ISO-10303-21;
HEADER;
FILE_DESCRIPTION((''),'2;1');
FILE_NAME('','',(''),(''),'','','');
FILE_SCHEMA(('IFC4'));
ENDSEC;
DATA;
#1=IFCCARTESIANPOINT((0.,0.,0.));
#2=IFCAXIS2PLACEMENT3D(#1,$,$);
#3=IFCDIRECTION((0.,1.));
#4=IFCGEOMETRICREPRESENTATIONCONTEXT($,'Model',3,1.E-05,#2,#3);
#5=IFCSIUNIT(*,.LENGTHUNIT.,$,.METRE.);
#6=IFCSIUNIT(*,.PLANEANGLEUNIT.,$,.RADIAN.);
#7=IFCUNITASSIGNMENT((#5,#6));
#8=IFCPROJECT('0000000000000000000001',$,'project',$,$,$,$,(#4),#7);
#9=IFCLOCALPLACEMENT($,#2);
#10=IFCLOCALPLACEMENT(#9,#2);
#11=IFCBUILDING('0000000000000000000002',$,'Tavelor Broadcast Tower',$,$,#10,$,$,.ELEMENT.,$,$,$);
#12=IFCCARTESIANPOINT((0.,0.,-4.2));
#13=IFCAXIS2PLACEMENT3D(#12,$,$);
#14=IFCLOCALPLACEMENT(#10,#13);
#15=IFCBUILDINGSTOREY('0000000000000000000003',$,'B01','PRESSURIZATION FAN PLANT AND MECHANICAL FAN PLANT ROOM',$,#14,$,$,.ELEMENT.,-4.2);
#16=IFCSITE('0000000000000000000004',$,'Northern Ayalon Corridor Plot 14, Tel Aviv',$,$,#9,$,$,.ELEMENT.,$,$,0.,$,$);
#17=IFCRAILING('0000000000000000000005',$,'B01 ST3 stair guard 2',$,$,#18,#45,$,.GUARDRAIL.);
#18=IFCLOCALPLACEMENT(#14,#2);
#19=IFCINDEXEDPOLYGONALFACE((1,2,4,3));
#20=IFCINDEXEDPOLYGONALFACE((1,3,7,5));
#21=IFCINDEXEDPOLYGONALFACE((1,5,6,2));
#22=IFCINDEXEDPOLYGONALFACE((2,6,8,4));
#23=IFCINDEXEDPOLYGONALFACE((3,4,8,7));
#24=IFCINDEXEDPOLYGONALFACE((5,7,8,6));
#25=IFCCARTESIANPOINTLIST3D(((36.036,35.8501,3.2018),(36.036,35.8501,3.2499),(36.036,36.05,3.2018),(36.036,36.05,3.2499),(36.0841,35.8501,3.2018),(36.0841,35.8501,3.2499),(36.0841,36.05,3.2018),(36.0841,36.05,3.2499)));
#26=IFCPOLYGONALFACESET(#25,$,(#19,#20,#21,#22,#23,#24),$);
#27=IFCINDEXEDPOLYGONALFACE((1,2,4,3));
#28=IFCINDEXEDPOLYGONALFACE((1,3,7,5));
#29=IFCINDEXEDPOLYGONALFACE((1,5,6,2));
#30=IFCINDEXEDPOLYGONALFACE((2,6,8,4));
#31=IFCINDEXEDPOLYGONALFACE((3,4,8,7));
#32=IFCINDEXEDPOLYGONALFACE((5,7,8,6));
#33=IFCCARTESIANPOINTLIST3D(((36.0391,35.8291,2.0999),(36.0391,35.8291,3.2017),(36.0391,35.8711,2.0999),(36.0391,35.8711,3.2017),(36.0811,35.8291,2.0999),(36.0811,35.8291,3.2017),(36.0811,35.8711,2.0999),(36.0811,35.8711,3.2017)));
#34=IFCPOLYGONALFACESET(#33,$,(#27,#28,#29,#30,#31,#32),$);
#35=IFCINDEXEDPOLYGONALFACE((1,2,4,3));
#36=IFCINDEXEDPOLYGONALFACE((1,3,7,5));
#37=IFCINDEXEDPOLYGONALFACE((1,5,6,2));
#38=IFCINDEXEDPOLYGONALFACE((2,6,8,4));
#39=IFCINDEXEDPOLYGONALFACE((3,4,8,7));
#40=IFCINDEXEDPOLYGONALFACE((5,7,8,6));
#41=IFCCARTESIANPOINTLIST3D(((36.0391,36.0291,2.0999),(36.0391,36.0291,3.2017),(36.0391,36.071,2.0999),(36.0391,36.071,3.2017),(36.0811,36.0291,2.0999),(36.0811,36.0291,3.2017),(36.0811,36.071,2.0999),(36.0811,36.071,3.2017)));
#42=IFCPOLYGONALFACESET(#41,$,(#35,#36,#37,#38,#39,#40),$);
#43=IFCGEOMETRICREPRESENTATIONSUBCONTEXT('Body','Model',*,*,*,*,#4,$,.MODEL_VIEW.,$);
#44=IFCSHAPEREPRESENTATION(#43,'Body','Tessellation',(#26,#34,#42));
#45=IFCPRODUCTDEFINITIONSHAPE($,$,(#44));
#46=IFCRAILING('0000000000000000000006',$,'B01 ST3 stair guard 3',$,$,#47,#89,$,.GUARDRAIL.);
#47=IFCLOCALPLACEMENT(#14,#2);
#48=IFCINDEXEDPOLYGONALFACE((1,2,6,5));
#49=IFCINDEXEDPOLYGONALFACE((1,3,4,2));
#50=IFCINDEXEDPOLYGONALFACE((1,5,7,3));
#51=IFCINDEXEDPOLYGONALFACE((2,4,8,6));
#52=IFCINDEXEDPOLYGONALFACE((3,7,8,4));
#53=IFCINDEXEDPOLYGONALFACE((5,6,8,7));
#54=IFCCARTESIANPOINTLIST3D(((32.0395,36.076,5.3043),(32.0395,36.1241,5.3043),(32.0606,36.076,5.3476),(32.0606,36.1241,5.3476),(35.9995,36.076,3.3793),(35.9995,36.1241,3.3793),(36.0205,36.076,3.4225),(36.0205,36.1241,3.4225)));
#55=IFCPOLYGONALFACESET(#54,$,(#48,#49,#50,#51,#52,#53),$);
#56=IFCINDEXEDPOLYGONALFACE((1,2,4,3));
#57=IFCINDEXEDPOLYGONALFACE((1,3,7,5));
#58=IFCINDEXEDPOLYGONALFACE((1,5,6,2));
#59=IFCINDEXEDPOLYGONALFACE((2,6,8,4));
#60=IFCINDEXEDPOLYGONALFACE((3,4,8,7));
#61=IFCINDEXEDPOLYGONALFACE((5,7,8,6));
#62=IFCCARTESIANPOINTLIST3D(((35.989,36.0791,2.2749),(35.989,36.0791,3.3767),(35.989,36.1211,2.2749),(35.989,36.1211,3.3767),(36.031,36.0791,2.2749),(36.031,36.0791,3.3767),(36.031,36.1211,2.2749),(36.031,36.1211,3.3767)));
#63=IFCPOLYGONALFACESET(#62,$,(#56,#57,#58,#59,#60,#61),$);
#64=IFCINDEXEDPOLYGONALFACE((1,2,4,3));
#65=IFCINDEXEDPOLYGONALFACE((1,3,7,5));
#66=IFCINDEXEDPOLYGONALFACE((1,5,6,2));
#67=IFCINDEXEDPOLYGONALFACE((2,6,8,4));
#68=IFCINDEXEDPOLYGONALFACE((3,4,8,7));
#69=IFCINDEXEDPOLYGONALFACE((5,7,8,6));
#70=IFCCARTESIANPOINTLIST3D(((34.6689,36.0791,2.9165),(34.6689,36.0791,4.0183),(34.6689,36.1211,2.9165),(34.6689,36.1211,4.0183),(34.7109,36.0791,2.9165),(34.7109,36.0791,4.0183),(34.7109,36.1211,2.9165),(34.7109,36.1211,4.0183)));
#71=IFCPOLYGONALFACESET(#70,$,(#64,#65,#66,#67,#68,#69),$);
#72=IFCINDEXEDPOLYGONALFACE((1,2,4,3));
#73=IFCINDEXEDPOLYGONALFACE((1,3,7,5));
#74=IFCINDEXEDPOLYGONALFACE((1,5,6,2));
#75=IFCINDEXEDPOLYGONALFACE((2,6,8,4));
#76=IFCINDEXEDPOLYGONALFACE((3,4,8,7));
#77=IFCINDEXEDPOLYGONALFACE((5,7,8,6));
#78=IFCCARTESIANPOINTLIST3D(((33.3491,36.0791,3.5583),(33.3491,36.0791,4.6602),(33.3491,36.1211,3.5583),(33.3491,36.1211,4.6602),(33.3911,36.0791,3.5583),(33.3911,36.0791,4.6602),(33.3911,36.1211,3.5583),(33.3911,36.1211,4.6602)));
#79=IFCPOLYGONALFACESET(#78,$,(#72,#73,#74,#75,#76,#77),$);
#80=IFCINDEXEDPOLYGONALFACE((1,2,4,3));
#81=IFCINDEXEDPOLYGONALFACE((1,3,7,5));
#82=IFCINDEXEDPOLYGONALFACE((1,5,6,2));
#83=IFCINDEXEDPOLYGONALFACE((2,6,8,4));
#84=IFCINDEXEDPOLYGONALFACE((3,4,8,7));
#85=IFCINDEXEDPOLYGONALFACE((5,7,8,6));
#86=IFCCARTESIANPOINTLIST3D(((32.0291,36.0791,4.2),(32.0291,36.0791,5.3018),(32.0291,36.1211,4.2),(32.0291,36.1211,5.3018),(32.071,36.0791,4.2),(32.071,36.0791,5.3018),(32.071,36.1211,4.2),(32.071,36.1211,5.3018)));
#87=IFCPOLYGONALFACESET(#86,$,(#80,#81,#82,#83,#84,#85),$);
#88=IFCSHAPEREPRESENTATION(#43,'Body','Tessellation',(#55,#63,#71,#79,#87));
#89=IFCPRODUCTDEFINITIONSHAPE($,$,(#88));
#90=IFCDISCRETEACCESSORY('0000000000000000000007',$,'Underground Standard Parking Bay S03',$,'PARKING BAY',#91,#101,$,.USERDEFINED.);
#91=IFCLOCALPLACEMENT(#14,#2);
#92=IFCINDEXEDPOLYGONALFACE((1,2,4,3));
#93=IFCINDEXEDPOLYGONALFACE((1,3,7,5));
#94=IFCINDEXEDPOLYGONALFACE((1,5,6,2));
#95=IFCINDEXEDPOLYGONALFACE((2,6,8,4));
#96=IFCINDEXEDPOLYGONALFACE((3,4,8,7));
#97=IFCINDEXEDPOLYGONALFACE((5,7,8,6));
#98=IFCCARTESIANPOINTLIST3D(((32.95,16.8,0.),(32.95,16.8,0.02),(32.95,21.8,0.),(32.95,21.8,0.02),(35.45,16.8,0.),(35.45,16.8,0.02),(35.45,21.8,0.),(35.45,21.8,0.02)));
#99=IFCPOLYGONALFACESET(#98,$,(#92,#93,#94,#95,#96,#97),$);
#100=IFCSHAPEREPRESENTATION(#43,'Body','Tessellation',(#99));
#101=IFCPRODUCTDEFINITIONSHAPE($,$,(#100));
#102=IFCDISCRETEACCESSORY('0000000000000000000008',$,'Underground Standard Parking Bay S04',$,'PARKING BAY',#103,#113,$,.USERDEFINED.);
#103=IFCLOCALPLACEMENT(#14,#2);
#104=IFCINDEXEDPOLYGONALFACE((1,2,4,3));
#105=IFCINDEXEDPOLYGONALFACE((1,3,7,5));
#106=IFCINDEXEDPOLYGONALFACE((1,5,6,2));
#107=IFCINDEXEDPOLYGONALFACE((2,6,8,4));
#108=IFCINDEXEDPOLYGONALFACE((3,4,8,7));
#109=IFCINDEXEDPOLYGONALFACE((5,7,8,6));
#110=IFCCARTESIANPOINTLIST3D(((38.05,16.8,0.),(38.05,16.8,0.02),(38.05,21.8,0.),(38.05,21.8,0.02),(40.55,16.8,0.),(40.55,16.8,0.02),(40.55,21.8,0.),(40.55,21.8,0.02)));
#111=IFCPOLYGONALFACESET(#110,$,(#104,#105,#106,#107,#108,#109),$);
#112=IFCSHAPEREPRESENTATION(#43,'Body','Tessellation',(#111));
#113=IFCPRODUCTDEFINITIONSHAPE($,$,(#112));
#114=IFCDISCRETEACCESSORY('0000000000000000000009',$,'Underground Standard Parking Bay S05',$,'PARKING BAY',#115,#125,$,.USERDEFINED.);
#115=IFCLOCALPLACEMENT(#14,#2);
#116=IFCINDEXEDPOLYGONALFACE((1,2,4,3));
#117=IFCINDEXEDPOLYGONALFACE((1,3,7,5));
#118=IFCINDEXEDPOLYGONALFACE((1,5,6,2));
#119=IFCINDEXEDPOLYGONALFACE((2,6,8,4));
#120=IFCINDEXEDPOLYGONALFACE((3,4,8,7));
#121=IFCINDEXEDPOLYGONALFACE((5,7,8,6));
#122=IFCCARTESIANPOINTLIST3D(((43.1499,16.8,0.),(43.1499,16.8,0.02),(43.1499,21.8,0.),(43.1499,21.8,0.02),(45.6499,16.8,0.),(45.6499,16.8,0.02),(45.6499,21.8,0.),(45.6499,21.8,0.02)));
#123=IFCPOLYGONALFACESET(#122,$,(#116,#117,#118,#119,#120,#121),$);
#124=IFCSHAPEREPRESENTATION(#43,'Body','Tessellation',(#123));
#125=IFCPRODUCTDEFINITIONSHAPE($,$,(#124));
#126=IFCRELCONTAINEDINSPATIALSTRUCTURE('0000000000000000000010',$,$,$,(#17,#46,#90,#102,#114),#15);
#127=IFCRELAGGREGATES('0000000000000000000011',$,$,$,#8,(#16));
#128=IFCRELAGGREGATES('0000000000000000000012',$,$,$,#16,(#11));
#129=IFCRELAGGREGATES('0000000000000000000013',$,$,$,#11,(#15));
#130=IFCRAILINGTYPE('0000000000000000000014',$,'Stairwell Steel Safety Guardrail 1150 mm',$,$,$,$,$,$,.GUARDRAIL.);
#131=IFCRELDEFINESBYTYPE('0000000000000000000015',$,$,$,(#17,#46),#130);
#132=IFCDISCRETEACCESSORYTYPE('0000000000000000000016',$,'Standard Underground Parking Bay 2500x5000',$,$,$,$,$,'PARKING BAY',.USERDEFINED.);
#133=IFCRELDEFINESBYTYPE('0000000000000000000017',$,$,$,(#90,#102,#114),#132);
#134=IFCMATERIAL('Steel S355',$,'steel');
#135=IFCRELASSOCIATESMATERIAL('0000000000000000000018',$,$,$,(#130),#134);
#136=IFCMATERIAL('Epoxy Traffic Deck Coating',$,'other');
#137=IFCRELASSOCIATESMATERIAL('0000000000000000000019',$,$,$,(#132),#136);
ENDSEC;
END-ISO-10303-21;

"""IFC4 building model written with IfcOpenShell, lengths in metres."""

from ifc_helpers import new_model, si_unit, direction, frame, origin, origin_2d, place, context, subcontext, project, spatial, rectangle, extrude, source, transform, mapped, material, type_object, type_shapes, element, save


model = new_model("IFC4")

# Units and contexts
model_context = context("Model", 3, precision=1e-05, world=origin(), true_north=direction((0.0, 1.0)))
body_context = subcontext(model_context, "Body", "Model", "MODEL_VIEW")
ifc_project = project(units=[si_unit("LENGTHUNIT", "METRE"), si_unit("PLANEANGLEUNIT", "RADIAN")], contexts=[model_context])

# Site, building, storey
site_placement = place(None, origin())
site = spatial("IfcSite", under=ifc_project, at=site_placement, Name="Northern Ayalon Corridor Plot 14, Tel Aviv", CompositionType="ELEMENT", RefElevation=0.0)
building_placement = place(site_placement, origin())
building = spatial("IfcBuilding", under=site, at=building_placement, Name="Tavelor Broadcast Tower", CompositionType="ELEMENT")
storey_placement = place(building_placement, frame((0.0, 0.0, -4.2)))
storey = spatial("IfcBuildingStorey", under=building, at=storey_placement, Name="B01", Description="PRESSURIZATION FAN PLANT AND MECHANICAL FAN PLANT ROOM", CompositionType="ELEMENT", Elevation=-4.2)

# Shared definitions
ifc_material_1 = material(Name="Steel S355", Category="steel")

# Railings
railing_type_1 = type_object("IfcRailingType", Name="Stairwell Steel Safety Guardrail 1150 mm", PredefinedType="GUARDRAIL", material=ifc_material_1)
railing_1_placement = place(storey_placement, frame((36.0601, 35.8501, 2.0999)))
element("IfcRailing", 1, at=railing_1_placement, inside=storey, type_object=railing_type_1, Name="B01 ST3 stair guard 2", PredefinedType="GUARDRAIL", context=body_context, shape_type="SweptSolid", body=[
    extrude(rectangle(XDim=0.0481, YDim=0.0481, at=origin_2d()), frame((0.0, 0.0, 1.126), z_axis=(0.0, 1.0, 0.0), x_axis=(-1.0, 0.0, 0.0)), (0.0, 0.0, 1.0), 0.2),
    extrude(rectangle(XDim=0.042, YDim=0.042, at=origin_2d()), origin(), (0.0, 0.0, 1.0), 1.1018),
    extrude(rectangle(XDim=0.042, YDim=0.042, at=origin_2d()), frame((0.0, 0.2, 0.0)), (0.0, 0.0, 1.0), 1.1018),
])
railing_2_placement = place(storey_placement, frame((36.01, 36.1001, 2.2749)))
element("IfcRailing", 2, at=railing_2_placement, inside=storey, type_object=railing_type_1, Name="B01 ST3 stair guard 3", PredefinedType="GUARDRAIL", context=body_context, shape_type="SweptSolid", body=[
    extrude(rectangle(XDim=0.0481, YDim=0.0481, at=origin_2d()), frame((0.0, 0.0, 1.126), z_axis=(-0.899362, 0.0, 0.437205), x_axis=(0.0, -1.0, 0.0)), (0.0, 0.0, 1.0), 4.4031),
    extrude(rectangle(XDim=0.042, YDim=0.042, at=origin_2d()), origin(), (0.0, 0.0, 1.0), 1.1018),
    extrude(rectangle(XDim=0.042, YDim=0.042, at=origin_2d()), frame((-1.3201, 0.0, 0.6416)), (0.0, 0.0, 1.0), 1.1018),
    extrude(rectangle(XDim=0.042, YDim=0.042, at=origin_2d()), frame((-2.6399, 0.0, 1.2834)), (0.0, 0.0, 1.0), 1.1018),
    extrude(rectangle(XDim=0.042, YDim=0.042, at=origin_2d()), frame((-3.96, 0.0, 1.925)), (0.0, 0.0, 1.0), 1.1018),
])

# Discrete accessories
ifc_material_2 = material(Name="Epoxy Traffic Deck Coating", Category="other")
discrete_accessory_type = type_object("IfcDiscreteAccessoryType", Name="Standard Underground Parking Bay 2500x5000", ElementType="PARKING BAY", PredefinedType="USERDEFINED", material=ifc_material_2)
shared_shape_1 = source(origin(), body_context, "Body", "SweptSolid", [
    extrude(rectangle(XDim=2.5, YDim=5.0, at=origin_2d()), origin(), (0.0, 0.0, 1.0), 0.02),
])
type_shapes(discrete_accessory_type, [shared_shape_1])
for number, where, z_axis, x_axis, name in (
    (3, (34.2, 19.3, 0.0), (0.0, 0.0, 1.0), (1.0, 0.0, 0.0), "Underground Standard Parking Bay S03"),
    (4, (39.3, 19.3, 0.0), (0.0, 0.0, 1.0), (1.0, 0.0, 0.0), "Underground Standard Parking Bay S04"),
    (5, (44.3999, 19.3, 0.0), (0.0, 0.0, 1.0), (1.0, 0.0, 0.0), "Underground Standard Parking Bay S05"),
):
    element("IfcDiscreteAccessory", number, at=place(storey_placement, frame(where, z_axis=z_axis, x_axis=x_axis)), inside=storey, type_object=discrete_accessory_type, Name=name, ObjectType="PARKING BAY", PredefinedType="USERDEFINED", context=body_context, shape_type="MappedRepresentation", body=[
        mapped(shared_shape_1, transform((0.0, 0.0, 0.0), scale=1.0)),
    ])

save(model, "model.ifc")
